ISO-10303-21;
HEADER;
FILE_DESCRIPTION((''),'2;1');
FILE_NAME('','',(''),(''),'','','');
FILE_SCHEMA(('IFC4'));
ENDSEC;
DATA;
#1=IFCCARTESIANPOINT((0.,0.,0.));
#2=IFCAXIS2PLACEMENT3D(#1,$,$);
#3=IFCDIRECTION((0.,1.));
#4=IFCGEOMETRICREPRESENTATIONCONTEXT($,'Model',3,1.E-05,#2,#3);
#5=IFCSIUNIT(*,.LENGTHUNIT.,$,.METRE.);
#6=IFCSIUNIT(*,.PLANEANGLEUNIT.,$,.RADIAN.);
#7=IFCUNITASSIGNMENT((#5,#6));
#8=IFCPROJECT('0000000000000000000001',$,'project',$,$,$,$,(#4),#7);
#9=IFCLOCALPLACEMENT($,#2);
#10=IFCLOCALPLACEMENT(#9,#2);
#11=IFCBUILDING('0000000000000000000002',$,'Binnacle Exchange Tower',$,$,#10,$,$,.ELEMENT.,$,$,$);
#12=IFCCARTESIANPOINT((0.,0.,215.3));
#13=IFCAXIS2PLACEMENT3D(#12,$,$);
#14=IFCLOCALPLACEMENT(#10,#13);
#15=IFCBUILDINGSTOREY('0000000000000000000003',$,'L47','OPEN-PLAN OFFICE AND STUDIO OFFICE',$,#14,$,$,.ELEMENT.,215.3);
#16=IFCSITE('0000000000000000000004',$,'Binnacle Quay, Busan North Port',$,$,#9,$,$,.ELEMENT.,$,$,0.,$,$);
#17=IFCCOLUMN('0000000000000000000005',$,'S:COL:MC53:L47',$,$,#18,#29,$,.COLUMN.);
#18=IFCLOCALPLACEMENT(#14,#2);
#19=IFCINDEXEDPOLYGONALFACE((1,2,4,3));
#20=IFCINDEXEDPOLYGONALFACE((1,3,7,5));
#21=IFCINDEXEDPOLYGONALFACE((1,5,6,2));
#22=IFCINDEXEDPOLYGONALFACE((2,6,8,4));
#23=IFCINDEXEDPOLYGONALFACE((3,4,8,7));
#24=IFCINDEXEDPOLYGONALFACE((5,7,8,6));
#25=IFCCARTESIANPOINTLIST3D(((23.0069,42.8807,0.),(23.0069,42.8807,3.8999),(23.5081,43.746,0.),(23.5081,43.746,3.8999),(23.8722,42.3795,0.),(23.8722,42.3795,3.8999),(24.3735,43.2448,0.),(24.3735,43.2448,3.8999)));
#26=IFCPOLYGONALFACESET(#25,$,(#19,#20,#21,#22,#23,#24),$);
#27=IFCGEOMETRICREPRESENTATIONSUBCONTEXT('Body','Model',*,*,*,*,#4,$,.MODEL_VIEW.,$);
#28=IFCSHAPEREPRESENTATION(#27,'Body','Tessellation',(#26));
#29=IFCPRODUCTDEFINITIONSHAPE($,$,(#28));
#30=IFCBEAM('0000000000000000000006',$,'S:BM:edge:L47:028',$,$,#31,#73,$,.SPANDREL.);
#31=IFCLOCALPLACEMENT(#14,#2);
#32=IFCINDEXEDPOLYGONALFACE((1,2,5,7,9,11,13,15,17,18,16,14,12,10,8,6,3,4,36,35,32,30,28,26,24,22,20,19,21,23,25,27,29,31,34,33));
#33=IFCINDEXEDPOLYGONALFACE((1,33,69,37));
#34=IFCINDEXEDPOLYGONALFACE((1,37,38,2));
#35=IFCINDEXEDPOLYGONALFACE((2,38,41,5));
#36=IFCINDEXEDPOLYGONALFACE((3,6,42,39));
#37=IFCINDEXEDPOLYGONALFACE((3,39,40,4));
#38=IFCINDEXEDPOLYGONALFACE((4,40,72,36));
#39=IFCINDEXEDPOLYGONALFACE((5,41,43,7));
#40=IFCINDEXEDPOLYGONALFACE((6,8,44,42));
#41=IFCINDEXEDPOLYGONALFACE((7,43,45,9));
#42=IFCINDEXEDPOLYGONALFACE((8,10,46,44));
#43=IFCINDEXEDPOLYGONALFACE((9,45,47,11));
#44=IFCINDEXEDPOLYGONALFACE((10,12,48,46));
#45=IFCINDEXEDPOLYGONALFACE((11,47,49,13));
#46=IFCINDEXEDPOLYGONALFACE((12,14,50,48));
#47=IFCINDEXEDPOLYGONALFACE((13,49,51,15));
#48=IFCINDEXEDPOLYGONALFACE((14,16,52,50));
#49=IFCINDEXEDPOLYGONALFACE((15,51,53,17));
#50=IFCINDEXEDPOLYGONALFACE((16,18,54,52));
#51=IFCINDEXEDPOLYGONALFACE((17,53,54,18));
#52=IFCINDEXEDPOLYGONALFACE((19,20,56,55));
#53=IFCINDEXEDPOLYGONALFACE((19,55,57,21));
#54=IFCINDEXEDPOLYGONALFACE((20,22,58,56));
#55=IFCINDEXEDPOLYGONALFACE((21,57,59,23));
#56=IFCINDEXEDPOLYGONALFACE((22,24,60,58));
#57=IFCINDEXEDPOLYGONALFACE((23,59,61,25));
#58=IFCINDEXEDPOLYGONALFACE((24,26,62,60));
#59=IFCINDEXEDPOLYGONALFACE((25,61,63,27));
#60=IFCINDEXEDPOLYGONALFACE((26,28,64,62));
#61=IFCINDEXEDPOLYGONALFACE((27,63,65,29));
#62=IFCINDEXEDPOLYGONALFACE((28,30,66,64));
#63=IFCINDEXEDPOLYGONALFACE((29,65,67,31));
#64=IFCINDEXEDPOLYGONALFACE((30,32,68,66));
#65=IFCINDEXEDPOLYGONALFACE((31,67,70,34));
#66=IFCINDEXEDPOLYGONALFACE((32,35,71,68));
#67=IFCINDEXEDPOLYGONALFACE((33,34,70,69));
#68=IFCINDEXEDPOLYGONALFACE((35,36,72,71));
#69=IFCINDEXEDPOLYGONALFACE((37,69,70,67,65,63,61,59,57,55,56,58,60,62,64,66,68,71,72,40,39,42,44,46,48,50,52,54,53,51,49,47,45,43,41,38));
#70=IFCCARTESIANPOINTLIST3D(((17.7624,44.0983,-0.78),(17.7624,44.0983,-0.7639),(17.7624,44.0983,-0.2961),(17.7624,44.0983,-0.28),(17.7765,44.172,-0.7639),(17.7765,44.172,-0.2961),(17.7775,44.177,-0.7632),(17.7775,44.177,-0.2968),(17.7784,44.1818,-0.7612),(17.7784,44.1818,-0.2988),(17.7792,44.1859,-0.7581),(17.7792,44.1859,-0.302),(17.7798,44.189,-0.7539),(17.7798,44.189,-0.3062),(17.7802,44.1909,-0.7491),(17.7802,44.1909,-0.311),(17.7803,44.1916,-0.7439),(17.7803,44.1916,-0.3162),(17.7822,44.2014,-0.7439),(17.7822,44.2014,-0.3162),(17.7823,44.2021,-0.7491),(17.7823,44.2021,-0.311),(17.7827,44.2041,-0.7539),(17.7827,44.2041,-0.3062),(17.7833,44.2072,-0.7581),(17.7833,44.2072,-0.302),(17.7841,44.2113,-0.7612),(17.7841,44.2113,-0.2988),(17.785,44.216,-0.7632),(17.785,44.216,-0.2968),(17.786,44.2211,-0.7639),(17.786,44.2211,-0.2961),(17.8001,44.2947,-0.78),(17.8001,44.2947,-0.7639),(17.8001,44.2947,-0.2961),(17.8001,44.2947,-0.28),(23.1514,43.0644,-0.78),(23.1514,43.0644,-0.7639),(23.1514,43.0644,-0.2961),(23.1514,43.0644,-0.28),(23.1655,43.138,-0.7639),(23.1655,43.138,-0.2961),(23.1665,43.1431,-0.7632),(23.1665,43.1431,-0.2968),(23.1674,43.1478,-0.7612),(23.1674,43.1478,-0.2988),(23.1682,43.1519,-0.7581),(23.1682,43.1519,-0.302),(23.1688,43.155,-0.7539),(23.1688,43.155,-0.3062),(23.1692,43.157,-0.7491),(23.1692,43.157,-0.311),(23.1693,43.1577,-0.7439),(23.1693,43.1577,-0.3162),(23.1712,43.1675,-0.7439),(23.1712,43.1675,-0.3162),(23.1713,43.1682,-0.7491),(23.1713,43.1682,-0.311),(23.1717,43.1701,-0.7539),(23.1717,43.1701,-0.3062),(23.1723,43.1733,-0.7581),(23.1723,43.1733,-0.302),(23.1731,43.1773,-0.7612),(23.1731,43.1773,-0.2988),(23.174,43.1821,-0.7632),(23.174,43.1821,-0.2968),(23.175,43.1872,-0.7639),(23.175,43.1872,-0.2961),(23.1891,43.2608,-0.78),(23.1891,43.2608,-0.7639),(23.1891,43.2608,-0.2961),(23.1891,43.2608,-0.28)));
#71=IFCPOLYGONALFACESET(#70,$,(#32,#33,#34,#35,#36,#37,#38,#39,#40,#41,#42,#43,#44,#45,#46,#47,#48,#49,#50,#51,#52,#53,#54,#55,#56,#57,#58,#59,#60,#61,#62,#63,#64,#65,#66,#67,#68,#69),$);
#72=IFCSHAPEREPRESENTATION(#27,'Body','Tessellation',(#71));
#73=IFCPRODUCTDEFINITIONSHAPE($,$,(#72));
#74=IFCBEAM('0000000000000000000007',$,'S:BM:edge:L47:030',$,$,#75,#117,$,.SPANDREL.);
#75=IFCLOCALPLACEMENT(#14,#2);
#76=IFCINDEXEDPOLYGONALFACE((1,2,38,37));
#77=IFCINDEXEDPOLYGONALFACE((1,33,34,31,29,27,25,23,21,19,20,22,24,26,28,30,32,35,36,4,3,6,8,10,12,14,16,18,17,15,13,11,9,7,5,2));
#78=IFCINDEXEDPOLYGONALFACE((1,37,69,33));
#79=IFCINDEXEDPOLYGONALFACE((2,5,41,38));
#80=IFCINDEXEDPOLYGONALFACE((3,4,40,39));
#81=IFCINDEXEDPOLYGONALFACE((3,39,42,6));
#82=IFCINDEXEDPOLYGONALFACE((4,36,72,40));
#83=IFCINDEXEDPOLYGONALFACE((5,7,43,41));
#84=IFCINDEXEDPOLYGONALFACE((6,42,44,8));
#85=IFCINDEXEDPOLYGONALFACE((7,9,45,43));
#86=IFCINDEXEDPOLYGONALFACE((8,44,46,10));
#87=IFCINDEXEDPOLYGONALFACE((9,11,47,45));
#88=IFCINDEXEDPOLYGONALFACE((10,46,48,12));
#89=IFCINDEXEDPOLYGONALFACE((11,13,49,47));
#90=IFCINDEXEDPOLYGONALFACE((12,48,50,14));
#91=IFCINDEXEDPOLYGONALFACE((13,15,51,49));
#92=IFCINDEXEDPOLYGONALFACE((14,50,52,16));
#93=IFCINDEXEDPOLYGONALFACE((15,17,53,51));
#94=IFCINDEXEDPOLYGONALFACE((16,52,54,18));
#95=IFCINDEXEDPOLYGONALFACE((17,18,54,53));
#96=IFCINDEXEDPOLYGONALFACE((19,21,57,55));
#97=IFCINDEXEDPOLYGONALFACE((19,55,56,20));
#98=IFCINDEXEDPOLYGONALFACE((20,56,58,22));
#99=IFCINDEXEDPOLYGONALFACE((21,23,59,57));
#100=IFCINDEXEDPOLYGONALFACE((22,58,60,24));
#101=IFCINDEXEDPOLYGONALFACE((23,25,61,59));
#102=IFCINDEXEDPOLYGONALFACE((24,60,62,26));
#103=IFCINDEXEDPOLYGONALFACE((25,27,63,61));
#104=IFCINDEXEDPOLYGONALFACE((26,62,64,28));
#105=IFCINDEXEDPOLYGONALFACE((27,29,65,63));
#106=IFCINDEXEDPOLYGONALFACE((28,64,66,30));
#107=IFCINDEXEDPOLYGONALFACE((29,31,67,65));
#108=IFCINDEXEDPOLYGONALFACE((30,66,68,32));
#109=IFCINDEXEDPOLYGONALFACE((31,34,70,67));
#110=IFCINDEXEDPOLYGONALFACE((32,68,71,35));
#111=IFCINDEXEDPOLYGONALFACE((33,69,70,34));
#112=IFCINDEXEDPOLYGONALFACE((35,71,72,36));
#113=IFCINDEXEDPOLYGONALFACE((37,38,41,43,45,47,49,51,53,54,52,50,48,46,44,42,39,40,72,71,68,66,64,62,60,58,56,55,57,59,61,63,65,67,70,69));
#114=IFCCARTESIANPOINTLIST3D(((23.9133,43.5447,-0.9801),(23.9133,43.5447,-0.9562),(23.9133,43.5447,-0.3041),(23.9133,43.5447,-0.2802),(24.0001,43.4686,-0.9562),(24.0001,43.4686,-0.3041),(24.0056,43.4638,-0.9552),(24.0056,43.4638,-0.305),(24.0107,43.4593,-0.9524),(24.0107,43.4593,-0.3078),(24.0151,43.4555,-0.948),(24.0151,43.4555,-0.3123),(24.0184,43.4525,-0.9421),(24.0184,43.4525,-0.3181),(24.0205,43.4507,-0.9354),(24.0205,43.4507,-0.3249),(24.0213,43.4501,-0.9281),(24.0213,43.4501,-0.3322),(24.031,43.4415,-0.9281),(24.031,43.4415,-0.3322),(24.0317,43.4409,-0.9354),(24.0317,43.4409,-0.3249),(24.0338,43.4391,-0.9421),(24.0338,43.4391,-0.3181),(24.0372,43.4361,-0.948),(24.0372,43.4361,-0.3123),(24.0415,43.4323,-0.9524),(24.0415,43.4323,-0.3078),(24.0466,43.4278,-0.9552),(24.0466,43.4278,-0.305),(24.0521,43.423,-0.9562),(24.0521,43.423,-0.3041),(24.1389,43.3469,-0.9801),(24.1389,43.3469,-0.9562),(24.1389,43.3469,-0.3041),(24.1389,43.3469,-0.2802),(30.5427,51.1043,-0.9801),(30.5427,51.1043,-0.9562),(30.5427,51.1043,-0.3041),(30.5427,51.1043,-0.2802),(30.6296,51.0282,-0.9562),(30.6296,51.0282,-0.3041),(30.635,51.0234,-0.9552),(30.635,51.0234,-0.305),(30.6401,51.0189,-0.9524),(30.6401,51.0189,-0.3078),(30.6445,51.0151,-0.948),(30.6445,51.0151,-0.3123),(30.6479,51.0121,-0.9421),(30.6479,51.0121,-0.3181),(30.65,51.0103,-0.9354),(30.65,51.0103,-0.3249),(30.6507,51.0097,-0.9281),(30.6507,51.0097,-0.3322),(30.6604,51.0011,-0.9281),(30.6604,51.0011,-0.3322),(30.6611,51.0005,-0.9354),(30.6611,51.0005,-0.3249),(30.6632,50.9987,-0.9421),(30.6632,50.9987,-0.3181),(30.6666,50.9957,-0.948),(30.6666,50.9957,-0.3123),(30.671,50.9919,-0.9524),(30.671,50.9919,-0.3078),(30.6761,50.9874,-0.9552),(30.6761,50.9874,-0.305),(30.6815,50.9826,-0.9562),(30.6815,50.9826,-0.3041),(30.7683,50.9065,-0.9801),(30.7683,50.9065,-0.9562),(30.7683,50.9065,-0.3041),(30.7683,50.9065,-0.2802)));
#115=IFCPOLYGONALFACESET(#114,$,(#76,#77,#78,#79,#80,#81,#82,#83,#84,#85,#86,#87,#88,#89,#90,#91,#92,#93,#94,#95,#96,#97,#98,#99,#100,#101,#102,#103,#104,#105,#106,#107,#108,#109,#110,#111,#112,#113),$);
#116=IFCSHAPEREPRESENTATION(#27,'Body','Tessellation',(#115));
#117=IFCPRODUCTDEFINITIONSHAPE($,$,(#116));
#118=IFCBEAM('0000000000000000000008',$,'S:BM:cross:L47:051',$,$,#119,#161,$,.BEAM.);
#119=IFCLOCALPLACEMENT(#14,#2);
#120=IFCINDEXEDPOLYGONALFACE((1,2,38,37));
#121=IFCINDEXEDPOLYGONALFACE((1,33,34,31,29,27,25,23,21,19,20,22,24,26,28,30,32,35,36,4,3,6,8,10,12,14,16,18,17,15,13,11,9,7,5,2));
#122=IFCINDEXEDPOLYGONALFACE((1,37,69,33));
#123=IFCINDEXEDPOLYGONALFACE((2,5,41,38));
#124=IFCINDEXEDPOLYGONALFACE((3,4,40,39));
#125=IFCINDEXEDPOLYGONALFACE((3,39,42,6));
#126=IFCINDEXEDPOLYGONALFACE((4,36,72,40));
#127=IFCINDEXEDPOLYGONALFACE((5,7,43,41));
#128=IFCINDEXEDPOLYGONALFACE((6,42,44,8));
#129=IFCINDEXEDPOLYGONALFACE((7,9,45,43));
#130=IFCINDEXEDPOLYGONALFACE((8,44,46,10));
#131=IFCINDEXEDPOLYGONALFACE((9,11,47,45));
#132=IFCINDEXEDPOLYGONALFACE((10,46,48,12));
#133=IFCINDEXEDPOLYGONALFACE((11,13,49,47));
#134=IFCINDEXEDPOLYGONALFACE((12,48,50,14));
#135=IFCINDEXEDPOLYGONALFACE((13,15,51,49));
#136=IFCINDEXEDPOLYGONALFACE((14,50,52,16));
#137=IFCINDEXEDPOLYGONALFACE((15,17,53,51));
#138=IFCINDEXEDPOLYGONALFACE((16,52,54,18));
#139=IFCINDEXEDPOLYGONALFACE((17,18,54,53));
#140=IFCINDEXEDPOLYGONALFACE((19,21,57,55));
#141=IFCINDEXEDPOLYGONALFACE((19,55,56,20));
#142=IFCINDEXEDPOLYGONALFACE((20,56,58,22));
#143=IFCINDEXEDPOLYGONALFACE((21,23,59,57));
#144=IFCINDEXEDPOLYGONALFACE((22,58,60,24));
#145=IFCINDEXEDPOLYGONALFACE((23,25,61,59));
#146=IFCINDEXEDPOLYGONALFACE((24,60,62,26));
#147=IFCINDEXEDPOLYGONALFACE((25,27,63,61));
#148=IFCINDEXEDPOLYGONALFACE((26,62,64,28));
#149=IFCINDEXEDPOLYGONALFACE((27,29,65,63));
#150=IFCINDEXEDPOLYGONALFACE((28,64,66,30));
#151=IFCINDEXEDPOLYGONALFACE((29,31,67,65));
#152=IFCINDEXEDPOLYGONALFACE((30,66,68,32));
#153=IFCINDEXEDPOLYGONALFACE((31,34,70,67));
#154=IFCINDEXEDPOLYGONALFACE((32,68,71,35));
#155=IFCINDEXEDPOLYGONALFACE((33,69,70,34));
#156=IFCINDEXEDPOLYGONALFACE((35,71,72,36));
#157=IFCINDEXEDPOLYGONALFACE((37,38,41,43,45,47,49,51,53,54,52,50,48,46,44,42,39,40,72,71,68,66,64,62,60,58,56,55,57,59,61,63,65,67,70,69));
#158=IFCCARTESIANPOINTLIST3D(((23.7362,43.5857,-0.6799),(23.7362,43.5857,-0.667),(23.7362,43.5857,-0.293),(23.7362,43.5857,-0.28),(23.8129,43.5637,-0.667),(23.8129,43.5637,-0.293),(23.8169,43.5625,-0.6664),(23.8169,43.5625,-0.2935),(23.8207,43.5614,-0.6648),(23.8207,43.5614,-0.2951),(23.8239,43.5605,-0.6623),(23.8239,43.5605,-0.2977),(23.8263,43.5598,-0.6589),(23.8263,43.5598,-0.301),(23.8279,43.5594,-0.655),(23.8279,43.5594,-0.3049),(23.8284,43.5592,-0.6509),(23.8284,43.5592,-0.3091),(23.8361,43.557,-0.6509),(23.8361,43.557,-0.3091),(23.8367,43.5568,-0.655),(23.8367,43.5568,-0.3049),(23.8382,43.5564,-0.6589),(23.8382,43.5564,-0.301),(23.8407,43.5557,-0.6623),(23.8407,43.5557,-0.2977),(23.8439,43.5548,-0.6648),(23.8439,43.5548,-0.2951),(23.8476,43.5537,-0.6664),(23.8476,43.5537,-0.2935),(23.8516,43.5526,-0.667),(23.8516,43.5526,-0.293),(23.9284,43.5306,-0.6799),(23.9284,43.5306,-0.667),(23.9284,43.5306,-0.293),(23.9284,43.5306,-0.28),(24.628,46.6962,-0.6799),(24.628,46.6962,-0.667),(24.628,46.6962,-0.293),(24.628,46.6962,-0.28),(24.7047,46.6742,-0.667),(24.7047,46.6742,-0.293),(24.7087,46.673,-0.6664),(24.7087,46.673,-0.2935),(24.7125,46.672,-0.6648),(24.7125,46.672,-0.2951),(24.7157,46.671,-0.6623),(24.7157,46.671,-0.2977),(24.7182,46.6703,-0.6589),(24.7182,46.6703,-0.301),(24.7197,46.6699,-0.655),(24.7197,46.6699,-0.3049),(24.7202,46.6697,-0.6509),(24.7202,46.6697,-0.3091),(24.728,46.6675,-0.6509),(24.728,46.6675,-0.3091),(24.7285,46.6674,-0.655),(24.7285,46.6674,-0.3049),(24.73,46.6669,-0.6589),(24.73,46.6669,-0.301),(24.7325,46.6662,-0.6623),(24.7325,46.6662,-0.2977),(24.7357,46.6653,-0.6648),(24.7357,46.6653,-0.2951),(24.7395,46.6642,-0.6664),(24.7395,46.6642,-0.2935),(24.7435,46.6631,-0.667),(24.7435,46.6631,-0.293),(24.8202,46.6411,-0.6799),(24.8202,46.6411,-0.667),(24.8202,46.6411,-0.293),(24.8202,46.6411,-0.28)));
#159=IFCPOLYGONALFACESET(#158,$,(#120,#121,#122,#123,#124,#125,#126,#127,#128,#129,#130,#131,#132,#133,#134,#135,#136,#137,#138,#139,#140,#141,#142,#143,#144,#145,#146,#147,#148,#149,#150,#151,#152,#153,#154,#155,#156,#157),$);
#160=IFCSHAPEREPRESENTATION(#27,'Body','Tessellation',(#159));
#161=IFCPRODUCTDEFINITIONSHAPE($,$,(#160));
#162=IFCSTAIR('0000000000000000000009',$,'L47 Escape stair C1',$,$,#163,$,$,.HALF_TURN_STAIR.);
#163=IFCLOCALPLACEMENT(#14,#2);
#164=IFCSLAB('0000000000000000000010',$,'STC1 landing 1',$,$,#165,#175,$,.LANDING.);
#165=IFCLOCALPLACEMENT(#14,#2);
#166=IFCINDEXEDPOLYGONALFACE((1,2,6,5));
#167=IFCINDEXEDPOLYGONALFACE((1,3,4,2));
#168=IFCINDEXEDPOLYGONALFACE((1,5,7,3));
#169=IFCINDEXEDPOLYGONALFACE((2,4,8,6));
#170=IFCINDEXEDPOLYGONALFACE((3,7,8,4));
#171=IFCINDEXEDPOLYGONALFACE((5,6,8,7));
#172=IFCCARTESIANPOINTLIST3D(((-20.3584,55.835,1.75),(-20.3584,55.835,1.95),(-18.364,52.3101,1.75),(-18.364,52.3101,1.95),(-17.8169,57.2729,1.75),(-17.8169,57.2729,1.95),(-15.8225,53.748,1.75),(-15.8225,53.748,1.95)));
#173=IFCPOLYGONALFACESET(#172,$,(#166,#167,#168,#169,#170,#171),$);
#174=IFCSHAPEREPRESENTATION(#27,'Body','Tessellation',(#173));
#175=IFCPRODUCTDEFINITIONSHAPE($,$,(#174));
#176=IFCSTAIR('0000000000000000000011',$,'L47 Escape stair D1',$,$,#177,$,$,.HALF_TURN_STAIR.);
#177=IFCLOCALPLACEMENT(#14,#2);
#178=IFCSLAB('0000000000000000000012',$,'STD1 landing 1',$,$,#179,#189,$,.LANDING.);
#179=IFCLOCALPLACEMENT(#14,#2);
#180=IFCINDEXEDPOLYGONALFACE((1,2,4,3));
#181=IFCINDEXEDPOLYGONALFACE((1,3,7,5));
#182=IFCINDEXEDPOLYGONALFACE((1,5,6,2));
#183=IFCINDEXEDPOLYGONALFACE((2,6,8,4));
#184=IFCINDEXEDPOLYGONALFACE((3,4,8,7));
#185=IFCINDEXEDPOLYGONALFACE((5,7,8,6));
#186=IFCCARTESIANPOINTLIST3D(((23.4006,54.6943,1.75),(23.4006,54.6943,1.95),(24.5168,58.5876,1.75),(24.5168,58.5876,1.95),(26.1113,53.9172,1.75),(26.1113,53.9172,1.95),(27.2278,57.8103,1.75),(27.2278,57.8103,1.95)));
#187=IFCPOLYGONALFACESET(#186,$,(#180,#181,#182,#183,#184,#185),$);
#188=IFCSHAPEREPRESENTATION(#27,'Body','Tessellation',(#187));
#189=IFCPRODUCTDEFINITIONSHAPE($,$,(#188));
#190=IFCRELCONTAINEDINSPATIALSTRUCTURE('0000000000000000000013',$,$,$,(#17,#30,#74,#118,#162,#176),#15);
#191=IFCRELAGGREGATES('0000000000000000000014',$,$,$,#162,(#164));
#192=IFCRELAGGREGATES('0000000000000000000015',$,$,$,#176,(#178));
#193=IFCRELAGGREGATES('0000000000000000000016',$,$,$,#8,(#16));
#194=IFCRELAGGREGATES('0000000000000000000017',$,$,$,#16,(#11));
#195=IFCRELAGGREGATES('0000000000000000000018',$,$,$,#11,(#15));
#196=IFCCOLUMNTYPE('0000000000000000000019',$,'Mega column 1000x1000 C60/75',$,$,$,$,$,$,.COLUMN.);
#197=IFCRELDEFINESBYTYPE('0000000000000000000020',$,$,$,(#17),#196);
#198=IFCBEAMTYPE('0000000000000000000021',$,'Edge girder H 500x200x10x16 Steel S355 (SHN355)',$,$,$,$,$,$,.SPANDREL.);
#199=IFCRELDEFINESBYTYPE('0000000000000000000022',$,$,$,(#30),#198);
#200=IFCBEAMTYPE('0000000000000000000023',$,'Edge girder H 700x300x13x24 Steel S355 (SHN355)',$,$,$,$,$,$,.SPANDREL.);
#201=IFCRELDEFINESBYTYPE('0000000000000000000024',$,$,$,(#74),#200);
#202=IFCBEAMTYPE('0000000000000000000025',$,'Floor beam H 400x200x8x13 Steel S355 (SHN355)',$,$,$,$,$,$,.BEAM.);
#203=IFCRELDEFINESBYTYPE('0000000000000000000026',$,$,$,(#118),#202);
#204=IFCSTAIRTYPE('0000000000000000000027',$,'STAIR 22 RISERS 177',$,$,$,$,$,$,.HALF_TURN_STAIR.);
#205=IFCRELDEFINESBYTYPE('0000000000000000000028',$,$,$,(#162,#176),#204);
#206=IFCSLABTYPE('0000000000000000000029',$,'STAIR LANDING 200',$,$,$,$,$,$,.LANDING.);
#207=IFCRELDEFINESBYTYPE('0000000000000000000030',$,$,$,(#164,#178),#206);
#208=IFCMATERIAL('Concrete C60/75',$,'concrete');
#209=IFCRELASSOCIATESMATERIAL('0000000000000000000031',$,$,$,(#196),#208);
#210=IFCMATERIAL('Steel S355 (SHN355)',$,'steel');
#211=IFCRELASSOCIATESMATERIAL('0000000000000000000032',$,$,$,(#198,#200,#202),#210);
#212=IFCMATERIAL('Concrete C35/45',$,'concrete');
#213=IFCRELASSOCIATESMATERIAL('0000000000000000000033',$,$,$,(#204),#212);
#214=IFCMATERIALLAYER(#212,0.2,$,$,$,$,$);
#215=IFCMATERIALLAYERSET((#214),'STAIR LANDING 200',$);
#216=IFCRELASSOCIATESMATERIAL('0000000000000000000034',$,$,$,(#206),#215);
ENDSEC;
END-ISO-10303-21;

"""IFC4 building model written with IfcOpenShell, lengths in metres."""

from ifc_helpers import new_model, si_unit, direction, frame, origin, origin_2d, place, context, subcontext, project, spatial, polyline, rectangle, i_section, outline, extrude, material, layer, layer_set, material_profile, profile_set, type_object, element, aggregate, save


model = new_model("IFC4")

# Units and contexts
model_context = context("Model", 3, precision=1e-05, world=origin(), true_north=direction((0.0, 1.0)))
body_context = subcontext(model_context, "Body", "Model", "MODEL_VIEW")
ifc_project = project(units=[si_unit("LENGTHUNIT", "METRE"), si_unit("PLANEANGLEUNIT", "RADIAN")], contexts=[model_context])

# Site, building, storey
site_placement = place(None, origin())
site = spatial("IfcSite", under=ifc_project, at=site_placement, Name="Binnacle Quay, Busan North Port", CompositionType="ELEMENT", RefElevation=0.0)
building_placement = place(site_placement, origin())
building = spatial("IfcBuilding", under=site, at=building_placement, Name="Binnacle Exchange Tower", CompositionType="ELEMENT")
storey_placement = place(building_placement, frame((0.0, 0.0, 215.3)))
storey = spatial("IfcBuildingStorey", under=building, at=storey_placement, Name="L47", Description="OPEN-PLAN OFFICE AND STUDIO OFFICE", CompositionType="ELEMENT", Elevation=215.3)

# Column
ifc_material_1 = material(Name="Concrete C60/75", Category="concrete")
ifc_material_profile_1 = material_profile(ifc_material_1, rectangle(XDim=1.0, YDim=1.0, at=origin_2d()), Name="Mega column 1000x1000 C60/75")
ifc_profile_set_1 = profile_set([ifc_material_profile_1], Name="Concrete C60/75")
column_type = type_object("IfcColumnType", Name="Mega column 1000x1000 C60/75", PredefinedType="COLUMN", material=ifc_profile_set_1)
column_placement = place(storey_placement, frame((23.6902, 43.0627, 0.0), z_axis=(0.0, 0.0, 1.0), x_axis=(-0.865326, 0.501209, 0.0)))
element("IfcColumn", 1, at=column_placement, inside=storey, type_object=column_type, Name="S:COL:MC53:L47", PredefinedType="COLUMN", context=body_context, shape_type="SweptSolid", body=[
    extrude(rectangle(XDim=1.0, YDim=1.0, at=origin_2d()), origin(), (0.0, 0.0, 1.0), 3.8999),
])

# Beams
ifc_material_2 = material(Name="Steel S355 (SHN355)", Category="steel")
ifc_material_profile_2 = material_profile(ifc_material_2, i_section(OverallWidth=0.2, OverallDepth=0.5, WebThickness=0.01, FlangeThickness=0.0161, FilletRadius=0.02, at=origin_2d()), Name="H 500x200x10x16")
ifc_profile_set_2 = profile_set([ifc_material_profile_2], Name="Steel S355 (SHN355)")
beam_type_1 = type_object("IfcBeamType", Name="Edge girder H 500x200x10x16 Steel S355 (SHN355)", PredefinedType="SPANDREL", material=ifc_profile_set_2)
beam_1_placement = place(storey_placement, frame((17.7812, 44.1965, -0.53), z_axis=(0.982087, -0.188427, 0.0), x_axis=(0.188427, 0.982087, 0.0)))
element("IfcBeam", 2, at=beam_1_placement, inside=storey, type_object=beam_type_1, Name="S:BM:edge:L47:028", PredefinedType="SPANDREL", context=body_context, shape_type="SweptSolid", body=[
    extrude(i_section(OverallWidth=0.2, OverallDepth=0.5, WebThickness=0.01, FlangeThickness=0.0161, FilletRadius=0.02, at=origin_2d()), origin(), (0.0, 0.0, 1.0), 5.4873),
])
ifc_material_profile_3 = material_profile(ifc_material_2, i_section(OverallWidth=0.3, OverallDepth=0.7, WebThickness=0.0129, FlangeThickness=0.0239, FilletRadius=0.0281, at=origin_2d()), Name="H 700x300x13x24")
ifc_profile_set_3 = profile_set([ifc_material_profile_3], Name="Steel S355 (SHN355)")
beam_type_2 = type_object("IfcBeamType", Name="Edge girder H 700x300x13x24 Steel S355 (SHN355)", PredefinedType="SPANDREL", material=ifc_profile_set_3)
beam_2_placement = place(storey_placement, frame((24.0261, 43.4458, -0.6301), z_axis=(0.659336, 0.751848, 0.0), x_axis=(-0.751848, 0.659336, 0.0)))
element("IfcBeam", 3, at=beam_2_placement, inside=storey, type_object=beam_type_2, Name="S:BM:edge:L47:030", PredefinedType="SPANDREL", context=body_context, shape_type="SweptSolid", body=[
    extrude(i_section(OverallWidth=0.3, OverallDepth=0.7, WebThickness=0.0129, FlangeThickness=0.0239, FilletRadius=0.0281, at=origin_2d()), origin(), (0.0, 0.0, 1.0), 10.0547),
])
ifc_material_profile_4 = material_profile(ifc_material_2, i_section(OverallWidth=0.2, OverallDepth=0.3999, WebThickness=0.0081, FlangeThickness=0.0129, FilletRadius=0.0161, at=origin_2d()), Name="H 400x200x8x13")
ifc_profile_set_4 = profile_set([ifc_material_profile_4], Name="Steel S355 (SHN355)")
beam_type_3 = type_object("IfcBeamType", Name="Floor beam H 400x200x8x13 Steel S355 (SHN355)", PredefinedType="BEAM", material=ifc_profile_set_4)
beam_3_placement = place(storey_placement, frame((23.8323, 43.5581, -0.48), z_axis=(0.275608, 0.96127, 0.0), x_axis=(-0.96127, 0.275608, 0.0)))
element("IfcBeam", 4, at=beam_3_placement, inside=storey, type_object=beam_type_3, Name="S:BM:cross:L47:051", PredefinedType="BEAM", context=body_context, shape_type="SweptSolid", body=[
    extrude(i_section(OverallWidth=0.2, OverallDepth=0.3999, WebThickness=0.0081, FlangeThickness=0.0129, FilletRadius=0.0161, at=origin_2d()), origin(), (0.0, 0.0, 1.0), 3.2358),
])

# Stairs, slabs
ifc_material_3 = material(Name="Concrete C35/45", Category="concrete")
stair_type = type_object("IfcStairType", Name="STAIR 22 RISERS 177", PredefinedType="HALF_TURN_STAIR", material=ifc_material_3)
stair_1_placement = place(storey_placement, origin())
stair_1 = element("IfcStair", 5, at=stair_1_placement, inside=storey, type_object=stair_type, Name="L47 Escape stair C1", PredefinedType="HALF_TURN_STAIR")
ifc_layer_1 = layer(ifc_material_3, 0.2)
ifc_layer_set_1 = layer_set([ifc_layer_1], Name="STAIR LANDING 200")
slab_type = type_object("IfcSlabType", Name="STAIR LANDING 200", PredefinedType="LANDING", material=ifc_layer_set_1)
slab_1_placement = place(storey_placement, frame((0.0, 0.0, 1.75)))
slab_1 = element("IfcSlab", 6, at=slab_1_placement, type_object=slab_type, Name="STC1 landing 1", PredefinedType="LANDING", context=body_context, shape_type="SweptSolid", body=[
    extrude(outline(polyline([(-18.364, 52.3101), (-15.8225, 53.748), (-17.8169, 57.2729), (-20.3584, 55.835), (-18.364, 52.3101)])), origin(), (0.0, 0.0, 1.0), 0.2),
])
aggregate(stair_1, [slab_1])
stair_2_placement = place(storey_placement, origin())
stair_2 = element("IfcStair", 7, at=stair_2_placement, inside=storey, type_object=stair_type, Name="L47 Escape stair D1", PredefinedType="HALF_TURN_STAIR")
slab_2_placement = place(storey_placement, frame((0.0, 0.0, 1.75)))
slab_2 = element("IfcSlab", 8, at=slab_2_placement, type_object=slab_type, Name="STD1 landing 1", PredefinedType="LANDING", context=body_context, shape_type="SweptSolid", body=[
    extrude(outline(polyline([(23.4006, 54.6943), (26.1113, 53.9172), (27.2278, 57.8103), (24.5168, 58.5876), (23.4006, 54.6943)])), origin(), (0.0, 0.0, 1.0), 0.2),
])
aggregate(stair_2, [slab_2])

save(model, "model.ifc")
